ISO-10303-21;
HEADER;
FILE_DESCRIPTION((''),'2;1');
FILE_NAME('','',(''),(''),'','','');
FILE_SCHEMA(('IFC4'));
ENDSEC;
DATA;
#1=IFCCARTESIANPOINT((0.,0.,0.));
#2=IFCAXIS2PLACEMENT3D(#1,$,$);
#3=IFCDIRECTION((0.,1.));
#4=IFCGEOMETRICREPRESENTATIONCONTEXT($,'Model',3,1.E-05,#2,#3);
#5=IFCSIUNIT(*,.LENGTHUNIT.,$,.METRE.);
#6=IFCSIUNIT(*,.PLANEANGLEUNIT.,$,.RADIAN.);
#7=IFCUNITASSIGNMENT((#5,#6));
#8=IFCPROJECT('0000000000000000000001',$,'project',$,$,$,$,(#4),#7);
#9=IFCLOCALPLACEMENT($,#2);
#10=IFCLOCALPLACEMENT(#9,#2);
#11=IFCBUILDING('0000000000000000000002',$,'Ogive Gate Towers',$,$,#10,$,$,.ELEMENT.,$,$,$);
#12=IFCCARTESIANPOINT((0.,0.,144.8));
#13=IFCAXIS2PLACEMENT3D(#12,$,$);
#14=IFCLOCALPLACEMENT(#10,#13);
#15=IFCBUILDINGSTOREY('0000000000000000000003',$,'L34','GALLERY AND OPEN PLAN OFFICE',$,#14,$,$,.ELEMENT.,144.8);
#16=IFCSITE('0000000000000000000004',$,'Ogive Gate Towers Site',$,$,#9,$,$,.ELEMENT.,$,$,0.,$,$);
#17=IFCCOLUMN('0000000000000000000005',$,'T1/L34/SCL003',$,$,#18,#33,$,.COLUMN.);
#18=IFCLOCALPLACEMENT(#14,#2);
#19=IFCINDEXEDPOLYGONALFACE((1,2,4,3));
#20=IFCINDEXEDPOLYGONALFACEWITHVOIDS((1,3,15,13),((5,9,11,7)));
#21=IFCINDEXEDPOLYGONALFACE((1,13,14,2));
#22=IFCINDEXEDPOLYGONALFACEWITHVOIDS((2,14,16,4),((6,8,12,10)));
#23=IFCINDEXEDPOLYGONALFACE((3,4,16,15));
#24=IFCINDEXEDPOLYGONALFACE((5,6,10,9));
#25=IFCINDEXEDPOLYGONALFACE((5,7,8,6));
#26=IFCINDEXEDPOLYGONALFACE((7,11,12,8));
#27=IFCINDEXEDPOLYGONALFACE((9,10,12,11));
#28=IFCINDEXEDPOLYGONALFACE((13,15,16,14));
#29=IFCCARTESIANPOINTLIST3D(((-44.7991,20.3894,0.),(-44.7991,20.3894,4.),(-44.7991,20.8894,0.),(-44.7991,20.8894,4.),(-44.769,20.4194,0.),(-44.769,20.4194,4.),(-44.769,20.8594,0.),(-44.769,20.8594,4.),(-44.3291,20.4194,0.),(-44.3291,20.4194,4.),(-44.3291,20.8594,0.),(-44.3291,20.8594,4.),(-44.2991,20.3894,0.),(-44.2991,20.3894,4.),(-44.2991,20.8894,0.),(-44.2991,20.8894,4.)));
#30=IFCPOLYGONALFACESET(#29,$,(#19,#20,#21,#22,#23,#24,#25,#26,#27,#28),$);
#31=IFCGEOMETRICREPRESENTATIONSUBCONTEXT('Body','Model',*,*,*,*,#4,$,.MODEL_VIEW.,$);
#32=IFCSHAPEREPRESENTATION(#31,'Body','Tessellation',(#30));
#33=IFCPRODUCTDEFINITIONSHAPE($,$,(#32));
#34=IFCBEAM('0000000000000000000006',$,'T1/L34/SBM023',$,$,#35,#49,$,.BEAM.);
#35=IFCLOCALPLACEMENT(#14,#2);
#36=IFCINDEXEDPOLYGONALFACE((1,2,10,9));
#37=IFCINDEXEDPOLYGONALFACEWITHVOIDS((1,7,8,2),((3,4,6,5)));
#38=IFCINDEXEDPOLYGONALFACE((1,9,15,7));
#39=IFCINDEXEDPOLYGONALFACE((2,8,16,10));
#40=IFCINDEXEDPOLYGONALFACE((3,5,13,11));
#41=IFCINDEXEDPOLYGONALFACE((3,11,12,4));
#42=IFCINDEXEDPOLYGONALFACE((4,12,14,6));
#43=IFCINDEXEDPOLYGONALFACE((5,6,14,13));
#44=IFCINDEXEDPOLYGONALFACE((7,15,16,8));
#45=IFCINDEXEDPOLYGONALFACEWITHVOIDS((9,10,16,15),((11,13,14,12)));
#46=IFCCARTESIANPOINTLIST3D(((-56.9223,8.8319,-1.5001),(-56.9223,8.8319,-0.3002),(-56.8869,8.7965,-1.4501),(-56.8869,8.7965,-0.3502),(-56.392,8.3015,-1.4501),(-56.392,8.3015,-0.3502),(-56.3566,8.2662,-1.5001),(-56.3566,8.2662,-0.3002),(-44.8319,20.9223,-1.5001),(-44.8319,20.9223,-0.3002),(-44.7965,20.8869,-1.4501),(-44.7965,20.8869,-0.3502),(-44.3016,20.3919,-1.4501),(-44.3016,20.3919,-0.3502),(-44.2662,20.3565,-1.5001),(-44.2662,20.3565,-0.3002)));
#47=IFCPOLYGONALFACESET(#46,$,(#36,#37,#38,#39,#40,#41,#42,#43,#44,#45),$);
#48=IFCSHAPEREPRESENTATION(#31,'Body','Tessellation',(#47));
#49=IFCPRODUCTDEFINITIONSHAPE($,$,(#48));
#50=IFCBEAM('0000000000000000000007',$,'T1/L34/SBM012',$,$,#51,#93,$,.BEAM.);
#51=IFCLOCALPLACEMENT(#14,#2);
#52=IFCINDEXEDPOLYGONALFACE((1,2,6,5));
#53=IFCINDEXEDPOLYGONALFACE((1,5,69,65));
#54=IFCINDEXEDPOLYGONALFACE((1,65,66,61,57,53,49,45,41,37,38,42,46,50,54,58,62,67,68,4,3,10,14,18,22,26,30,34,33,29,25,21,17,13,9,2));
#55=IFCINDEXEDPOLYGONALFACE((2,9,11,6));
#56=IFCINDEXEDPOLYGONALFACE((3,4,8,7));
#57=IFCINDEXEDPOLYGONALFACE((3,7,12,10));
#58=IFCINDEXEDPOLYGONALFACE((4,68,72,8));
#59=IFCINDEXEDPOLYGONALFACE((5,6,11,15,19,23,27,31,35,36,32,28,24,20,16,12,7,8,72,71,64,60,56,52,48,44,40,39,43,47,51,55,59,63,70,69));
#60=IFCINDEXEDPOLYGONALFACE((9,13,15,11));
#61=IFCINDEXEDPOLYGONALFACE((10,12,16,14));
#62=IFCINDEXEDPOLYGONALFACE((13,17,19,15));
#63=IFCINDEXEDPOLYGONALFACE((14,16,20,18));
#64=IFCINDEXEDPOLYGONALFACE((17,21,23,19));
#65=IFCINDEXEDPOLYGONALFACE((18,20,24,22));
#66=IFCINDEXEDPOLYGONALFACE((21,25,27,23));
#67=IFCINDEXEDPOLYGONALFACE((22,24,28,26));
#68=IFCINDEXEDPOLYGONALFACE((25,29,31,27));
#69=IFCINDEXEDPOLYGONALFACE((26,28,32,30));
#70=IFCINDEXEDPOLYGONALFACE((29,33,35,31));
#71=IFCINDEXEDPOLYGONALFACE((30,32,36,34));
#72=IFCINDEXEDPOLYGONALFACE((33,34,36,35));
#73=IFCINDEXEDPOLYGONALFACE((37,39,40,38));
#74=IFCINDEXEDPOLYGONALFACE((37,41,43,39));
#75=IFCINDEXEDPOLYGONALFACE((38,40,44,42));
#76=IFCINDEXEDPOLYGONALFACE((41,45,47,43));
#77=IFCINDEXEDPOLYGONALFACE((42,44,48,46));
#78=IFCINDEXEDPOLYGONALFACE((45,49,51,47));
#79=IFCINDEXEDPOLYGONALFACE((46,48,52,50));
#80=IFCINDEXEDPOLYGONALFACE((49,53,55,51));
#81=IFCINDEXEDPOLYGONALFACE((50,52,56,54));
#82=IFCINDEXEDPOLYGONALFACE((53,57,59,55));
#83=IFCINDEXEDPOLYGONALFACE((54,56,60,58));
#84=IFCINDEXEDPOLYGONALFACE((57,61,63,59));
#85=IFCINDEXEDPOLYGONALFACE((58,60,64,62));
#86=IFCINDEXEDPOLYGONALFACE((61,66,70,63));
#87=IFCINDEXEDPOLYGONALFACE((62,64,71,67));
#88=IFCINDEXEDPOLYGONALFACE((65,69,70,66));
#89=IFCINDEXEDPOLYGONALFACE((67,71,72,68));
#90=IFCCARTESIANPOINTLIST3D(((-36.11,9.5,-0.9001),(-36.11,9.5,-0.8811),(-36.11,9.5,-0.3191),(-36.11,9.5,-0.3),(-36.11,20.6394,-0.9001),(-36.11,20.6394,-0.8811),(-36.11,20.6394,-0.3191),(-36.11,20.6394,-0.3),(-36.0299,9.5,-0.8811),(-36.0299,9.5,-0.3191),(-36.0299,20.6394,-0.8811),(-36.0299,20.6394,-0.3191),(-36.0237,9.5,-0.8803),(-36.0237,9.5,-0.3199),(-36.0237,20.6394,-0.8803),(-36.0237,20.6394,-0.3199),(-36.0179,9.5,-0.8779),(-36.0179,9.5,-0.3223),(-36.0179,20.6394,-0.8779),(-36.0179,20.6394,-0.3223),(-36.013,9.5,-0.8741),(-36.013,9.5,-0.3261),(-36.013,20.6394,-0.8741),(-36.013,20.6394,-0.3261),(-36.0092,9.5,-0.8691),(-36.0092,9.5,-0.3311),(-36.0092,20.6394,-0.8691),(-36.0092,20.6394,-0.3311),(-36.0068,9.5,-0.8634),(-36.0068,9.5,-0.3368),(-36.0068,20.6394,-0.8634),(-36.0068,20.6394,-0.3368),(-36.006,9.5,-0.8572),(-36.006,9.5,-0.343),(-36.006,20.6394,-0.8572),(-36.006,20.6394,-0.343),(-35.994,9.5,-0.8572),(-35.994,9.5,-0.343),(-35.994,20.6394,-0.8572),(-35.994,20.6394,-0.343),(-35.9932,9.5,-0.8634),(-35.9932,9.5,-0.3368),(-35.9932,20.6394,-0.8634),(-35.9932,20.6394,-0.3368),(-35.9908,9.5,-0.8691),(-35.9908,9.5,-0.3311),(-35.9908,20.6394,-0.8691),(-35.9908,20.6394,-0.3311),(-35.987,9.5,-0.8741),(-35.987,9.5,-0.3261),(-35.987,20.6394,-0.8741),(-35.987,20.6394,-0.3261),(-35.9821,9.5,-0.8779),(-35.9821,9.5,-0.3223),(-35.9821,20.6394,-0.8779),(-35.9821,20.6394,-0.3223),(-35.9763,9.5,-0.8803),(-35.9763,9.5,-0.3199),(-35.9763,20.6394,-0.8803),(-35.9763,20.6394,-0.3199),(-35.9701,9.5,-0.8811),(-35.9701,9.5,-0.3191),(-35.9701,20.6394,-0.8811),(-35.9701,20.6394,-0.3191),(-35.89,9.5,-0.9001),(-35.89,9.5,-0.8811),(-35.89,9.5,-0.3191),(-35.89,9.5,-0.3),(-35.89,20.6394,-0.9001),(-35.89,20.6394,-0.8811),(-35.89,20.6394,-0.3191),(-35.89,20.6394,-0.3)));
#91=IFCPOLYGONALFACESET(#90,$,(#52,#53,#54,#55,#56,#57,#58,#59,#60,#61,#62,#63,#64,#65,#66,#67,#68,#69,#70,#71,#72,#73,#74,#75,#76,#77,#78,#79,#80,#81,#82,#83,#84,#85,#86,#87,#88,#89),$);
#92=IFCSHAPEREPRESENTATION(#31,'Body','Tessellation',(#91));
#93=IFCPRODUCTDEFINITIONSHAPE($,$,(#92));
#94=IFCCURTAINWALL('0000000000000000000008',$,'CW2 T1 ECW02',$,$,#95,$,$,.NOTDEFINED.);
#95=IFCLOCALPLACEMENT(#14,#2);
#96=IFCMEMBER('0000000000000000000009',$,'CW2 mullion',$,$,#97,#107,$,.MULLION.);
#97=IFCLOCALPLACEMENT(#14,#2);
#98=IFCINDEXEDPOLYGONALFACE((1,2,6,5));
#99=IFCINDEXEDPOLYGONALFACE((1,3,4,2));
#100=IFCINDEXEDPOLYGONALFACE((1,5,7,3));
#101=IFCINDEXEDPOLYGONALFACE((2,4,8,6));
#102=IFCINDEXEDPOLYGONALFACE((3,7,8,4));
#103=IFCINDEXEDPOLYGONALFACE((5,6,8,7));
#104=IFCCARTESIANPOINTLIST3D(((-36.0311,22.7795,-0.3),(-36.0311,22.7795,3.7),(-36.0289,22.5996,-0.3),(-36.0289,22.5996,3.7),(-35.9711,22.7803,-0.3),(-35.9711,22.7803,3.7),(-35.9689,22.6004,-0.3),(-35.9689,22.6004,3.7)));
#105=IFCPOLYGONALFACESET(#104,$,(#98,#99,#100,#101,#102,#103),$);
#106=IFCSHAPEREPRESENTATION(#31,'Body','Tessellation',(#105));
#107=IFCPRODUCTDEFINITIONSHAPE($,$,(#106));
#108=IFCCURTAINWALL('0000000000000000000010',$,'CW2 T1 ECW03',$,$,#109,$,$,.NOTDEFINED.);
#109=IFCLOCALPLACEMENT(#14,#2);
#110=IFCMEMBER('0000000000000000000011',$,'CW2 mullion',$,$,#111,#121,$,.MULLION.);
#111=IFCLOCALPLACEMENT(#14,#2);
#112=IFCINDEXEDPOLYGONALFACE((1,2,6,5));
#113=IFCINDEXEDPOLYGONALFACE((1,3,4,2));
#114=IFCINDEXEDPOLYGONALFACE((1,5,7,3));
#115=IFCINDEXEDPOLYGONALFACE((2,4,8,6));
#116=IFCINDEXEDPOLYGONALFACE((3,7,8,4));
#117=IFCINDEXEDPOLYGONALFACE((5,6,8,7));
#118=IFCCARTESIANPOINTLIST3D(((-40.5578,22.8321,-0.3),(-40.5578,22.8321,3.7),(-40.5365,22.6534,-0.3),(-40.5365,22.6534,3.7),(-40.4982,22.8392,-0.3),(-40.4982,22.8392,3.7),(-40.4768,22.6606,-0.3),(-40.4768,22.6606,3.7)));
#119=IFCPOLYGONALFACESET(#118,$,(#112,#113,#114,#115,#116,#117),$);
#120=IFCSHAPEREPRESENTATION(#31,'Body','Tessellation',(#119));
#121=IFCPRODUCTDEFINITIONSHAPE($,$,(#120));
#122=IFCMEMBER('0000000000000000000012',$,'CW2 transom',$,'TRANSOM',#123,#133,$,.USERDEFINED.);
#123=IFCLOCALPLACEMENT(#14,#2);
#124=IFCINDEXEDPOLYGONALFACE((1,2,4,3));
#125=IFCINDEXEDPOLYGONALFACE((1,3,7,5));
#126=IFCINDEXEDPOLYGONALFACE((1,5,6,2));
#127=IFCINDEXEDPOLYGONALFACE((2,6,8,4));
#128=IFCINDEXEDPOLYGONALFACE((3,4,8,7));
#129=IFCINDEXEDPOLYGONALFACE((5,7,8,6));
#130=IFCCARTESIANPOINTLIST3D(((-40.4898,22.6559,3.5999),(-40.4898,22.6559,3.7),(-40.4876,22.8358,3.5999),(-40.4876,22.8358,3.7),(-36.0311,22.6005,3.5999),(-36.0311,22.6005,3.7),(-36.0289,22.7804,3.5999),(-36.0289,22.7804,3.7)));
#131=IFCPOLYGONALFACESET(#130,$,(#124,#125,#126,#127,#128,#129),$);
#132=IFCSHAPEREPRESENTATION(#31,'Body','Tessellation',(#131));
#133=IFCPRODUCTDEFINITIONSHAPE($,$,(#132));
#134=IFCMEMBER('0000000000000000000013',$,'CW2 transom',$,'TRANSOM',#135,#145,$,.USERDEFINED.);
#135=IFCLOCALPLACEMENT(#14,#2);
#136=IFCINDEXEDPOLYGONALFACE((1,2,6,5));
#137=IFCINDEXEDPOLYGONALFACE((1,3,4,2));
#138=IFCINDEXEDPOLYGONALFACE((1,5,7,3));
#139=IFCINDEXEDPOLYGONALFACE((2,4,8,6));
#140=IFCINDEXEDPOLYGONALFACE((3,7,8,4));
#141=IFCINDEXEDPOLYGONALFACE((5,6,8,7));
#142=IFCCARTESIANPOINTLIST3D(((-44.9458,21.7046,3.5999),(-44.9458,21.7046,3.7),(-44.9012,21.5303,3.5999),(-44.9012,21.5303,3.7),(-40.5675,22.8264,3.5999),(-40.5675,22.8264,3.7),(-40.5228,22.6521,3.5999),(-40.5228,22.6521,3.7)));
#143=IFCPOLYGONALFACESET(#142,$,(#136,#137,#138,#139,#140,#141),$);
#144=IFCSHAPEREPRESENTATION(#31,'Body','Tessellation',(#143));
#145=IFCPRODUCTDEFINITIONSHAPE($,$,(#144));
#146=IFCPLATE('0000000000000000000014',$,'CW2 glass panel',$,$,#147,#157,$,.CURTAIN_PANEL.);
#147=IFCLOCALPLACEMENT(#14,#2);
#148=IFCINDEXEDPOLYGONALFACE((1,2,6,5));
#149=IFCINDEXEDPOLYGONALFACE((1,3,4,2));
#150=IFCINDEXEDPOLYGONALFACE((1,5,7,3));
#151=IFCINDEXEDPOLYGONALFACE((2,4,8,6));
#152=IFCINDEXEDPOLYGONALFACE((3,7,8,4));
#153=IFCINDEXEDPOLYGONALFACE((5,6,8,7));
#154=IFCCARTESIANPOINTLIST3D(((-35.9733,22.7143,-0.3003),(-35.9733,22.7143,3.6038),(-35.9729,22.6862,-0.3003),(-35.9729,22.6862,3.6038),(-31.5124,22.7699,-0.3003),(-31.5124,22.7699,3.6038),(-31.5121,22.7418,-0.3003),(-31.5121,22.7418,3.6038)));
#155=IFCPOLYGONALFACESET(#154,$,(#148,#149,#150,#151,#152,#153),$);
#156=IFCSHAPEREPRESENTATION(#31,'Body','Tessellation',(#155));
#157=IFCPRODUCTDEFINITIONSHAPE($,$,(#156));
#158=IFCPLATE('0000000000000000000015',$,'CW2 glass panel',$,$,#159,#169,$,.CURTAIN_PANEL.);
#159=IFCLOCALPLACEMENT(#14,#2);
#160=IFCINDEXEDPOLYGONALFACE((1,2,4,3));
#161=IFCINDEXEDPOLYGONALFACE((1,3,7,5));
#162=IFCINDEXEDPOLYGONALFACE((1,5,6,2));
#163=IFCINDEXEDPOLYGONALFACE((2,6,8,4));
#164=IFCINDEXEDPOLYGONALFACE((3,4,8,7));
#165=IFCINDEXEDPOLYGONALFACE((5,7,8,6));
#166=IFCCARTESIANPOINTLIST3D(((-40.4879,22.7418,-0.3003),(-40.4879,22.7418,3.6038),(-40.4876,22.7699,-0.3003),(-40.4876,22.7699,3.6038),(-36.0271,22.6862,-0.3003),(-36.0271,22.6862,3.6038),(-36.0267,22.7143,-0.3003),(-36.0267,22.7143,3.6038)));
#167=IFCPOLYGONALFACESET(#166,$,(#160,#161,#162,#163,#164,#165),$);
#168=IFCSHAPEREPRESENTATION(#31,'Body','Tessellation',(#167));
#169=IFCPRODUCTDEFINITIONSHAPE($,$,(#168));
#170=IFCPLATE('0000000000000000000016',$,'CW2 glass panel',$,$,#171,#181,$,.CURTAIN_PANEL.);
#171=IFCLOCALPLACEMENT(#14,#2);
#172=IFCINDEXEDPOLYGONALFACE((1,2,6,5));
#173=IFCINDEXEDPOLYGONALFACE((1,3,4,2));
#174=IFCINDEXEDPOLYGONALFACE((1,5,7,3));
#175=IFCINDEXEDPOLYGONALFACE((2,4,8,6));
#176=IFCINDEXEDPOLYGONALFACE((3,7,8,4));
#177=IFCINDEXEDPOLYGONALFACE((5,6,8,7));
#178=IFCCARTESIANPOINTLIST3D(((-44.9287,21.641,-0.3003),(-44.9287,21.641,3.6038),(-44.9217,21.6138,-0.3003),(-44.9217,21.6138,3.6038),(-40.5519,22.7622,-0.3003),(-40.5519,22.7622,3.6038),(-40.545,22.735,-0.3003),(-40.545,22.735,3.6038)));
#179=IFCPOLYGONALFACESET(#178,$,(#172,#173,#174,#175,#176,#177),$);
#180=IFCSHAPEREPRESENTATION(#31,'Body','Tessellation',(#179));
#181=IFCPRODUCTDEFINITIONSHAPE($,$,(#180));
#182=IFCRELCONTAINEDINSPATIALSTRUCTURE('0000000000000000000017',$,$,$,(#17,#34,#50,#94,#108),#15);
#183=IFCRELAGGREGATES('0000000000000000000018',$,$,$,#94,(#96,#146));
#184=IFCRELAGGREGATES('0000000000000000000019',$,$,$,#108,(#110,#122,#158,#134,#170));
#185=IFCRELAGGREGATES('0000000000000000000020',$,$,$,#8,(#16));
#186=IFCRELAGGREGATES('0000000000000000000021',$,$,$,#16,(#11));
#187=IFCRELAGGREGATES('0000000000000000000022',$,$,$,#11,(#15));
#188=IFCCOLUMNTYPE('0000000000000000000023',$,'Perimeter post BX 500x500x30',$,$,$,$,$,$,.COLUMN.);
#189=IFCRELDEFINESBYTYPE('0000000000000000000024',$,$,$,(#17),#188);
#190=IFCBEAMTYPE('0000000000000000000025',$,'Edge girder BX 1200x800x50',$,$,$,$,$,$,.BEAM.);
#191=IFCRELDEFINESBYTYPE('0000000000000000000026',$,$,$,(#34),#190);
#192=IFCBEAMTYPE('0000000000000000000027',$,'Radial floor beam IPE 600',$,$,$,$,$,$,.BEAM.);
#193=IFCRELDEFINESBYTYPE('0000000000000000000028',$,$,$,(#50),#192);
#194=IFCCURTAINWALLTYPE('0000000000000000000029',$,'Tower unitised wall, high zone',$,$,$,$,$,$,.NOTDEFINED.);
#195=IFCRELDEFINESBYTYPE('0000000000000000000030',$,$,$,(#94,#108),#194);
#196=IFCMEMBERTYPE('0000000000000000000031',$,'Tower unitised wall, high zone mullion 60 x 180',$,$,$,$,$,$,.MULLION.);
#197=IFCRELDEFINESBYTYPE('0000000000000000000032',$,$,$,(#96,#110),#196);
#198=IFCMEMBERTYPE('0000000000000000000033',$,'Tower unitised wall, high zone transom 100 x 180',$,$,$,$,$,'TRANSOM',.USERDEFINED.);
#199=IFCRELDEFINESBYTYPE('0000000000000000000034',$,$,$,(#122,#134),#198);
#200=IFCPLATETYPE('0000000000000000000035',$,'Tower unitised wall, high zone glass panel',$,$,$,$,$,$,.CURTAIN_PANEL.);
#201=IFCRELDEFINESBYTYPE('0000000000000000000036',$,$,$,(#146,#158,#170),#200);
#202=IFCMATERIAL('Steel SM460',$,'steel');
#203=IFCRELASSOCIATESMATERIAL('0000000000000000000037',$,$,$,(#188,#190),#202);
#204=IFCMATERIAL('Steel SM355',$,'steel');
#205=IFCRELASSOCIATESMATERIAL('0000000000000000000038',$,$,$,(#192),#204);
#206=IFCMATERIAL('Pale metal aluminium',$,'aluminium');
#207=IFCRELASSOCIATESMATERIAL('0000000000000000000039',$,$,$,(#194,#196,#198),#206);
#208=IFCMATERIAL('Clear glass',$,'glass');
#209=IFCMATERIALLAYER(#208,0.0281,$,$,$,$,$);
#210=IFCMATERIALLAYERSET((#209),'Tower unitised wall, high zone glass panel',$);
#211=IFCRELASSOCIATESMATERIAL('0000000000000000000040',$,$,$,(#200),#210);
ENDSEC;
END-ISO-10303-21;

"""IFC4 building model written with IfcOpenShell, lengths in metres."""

from ifc_helpers import new_model, si_unit, direction, frame, origin, origin_2d, place, context, subcontext, project, spatial, rectangle, hollow_rectangle, i_section, extrude, material, layer, layer_set, material_profile, profile_set, type_object, element, aggregate, save


model = new_model("IFC4")

# Units and contexts
model_context = context("Model", 3, precision=1e-05, world=origin(), true_north=direction((0.0, 1.0)))
body_context = subcontext(model_context, "Body", "Model", "MODEL_VIEW")
ifc_project = project(units=[si_unit("LENGTHUNIT", "METRE"), si_unit("PLANEANGLEUNIT", "RADIAN")], contexts=[model_context])

# Site, building, storey
site_placement = place(None, origin())
site = spatial("IfcSite", under=ifc_project, at=site_placement, Name="Ogive Gate Towers Site", CompositionType="ELEMENT", RefElevation=0.0)
building_placement = place(site_placement, origin())
building = spatial("IfcBuilding", under=site, at=building_placement, Name="Ogive Gate Towers", CompositionType="ELEMENT")
storey_placement = place(building_placement, frame((0.0, 0.0, 144.8)))
storey = spatial("IfcBuildingStorey", under=building, at=storey_placement, Name="L34", Description="GALLERY AND OPEN PLAN OFFICE", CompositionType="ELEMENT", Elevation=144.8)

# Column
ifc_material_1 = material(Name="Steel SM460", Category="steel")
ifc_material_profile_1 = material_profile(ifc_material_1, hollow_rectangle(XDim=0.5, YDim=0.5, WallThickness=0.03, at=origin_2d()), Name="BX 500x500x30")
ifc_profile_set_1 = profile_set([ifc_material_profile_1], Name="Steel SM460")
column_type = type_object("IfcColumnType", Name="Perimeter post BX 500x500x30", PredefinedType="COLUMN", material=ifc_profile_set_1)
column_placement = place(storey_placement, frame((-44.5491, 20.6394, 0.0), z_axis=(0.0, 0.0, 1.0), x_axis=(1.0, 0.0, 0.0)))
element("IfcColumn", 1, at=column_placement, inside=storey, type_object=column_type, Name="T1/L34/SCL003", PredefinedType="COLUMN", context=body_context, shape_type="SweptSolid", body=[
    extrude(hollow_rectangle(XDim=0.5, YDim=0.5, WallThickness=0.03, at=origin_2d()), origin(), (0.0, 0.0, 1.0), 4.0),
])

# Beams
ifc_material_profile_2 = material_profile(ifc_material_1, hollow_rectangle(XDim=0.8, YDim=1.2, WallThickness=0.05, at=origin_2d()), Name="BX 1200x800x50")
ifc_profile_set_2 = profile_set([ifc_material_profile_2], Name="Steel SM460")
beam_type_1 = type_object("IfcBeamType", Name="Edge girder BX 1200x800x50", PredefinedType="BEAM", material=ifc_profile_set_2)
beam_1_placement = place(storey_placement, frame((-44.5491, 20.6394, -0.9001), z_axis=(-0.707107, -0.707107, 0.0), x_axis=(0.707107, -0.707107, 0.0)))
element("IfcBeam", 2, at=beam_1_placement, inside=storey, type_object=beam_type_1, Name="T1/L34/SBM023", PredefinedType="BEAM", context=body_context, shape_type="SweptSolid", body=[
    extrude(hollow_rectangle(XDim=0.8, YDim=1.2, WallThickness=0.05, at=origin_2d()), origin(), (0.0, 0.0, 1.0), 17.0984),
])
ifc_material_2 = material(Name="Steel SM355", Category="steel")
ifc_material_profile_3 = material_profile(ifc_material_2, i_section(OverallWidth=0.22, OverallDepth=0.6001, WebThickness=0.012, FlangeThickness=0.019, FilletRadius=0.0239, at=origin_2d()), Name="IPE 600")
ifc_profile_set_3 = profile_set([ifc_material_profile_3], Name="Steel SM355")
beam_type_2 = type_object("IfcBeamType", Name="Radial floor beam IPE 600", PredefinedType="BEAM", material=ifc_profile_set_3)
beam_2_placement = place(storey_placement, frame((-36.0, 9.5, -0.6001), z_axis=(0.0, 1.0, 0.0), x_axis=(-1.0, 0.0, 0.0)))
element("IfcBeam", 3, at=beam_2_placement, inside=storey, type_object=beam_type_2, Name="T1/L34/SBM012", PredefinedType="BEAM", context=body_context, shape_type="SweptSolid", body=[
    extrude(i_section(OverallWidth=0.22, OverallDepth=0.6001, WebThickness=0.012, FlangeThickness=0.019, FilletRadius=0.0239, at=origin_2d()), origin(), (0.0, 0.0, 1.0), 11.1394),
])

# Curtain wall, member
ifc_material_3 = material(Name="Pale metal aluminium", Category="aluminium")
curtain_wall_type = type_object("IfcCurtainWallType", Name="Tower unitised wall, high zone", PredefinedType="NOTDEFINED", material=ifc_material_3)
curtain_wall_1_placement = place(storey_placement, origin())
curtain_wall_1 = element("IfcCurtainWall", 4, at=curtain_wall_1_placement, inside=storey, type_object=curtain_wall_type, Name="CW2 T1 ECW02", PredefinedType="NOTDEFINED")
ifc_material_profile_4 = material_profile(ifc_material_3, rectangle(XDim=0.1799, YDim=0.0601, at=origin_2d()), Name="60 x 180 aluminium box")
ifc_profile_set_4 = profile_set([ifc_material_profile_4], Name="Pale metal aluminium")
member_type_1 = type_object("IfcMemberType", Name="Tower unitised wall, high zone mullion 60 x 180", PredefinedType="MULLION", material=ifc_profile_set_4)
member_1_placement = place(storey_placement, frame((-36.0, 22.6899, -0.3), z_axis=(0.0, 0.0, 1.0), x_axis=(-0.012461, 0.999922, 0.0)))
member_1 = element("IfcMember", 5, at=member_1_placement, type_object=member_type_1, Name="CW2 mullion", PredefinedType="MULLION", context=body_context, shape_type="SweptSolid", body=[
    extrude(rectangle(XDim=0.1799, YDim=0.0601, at=origin_2d()), origin(), (0.0, 0.0, 1.0), 4.0),
])

# Curtain wall, members
curtain_wall_2_placement = place(storey_placement, origin())
curtain_wall_2 = element("IfcCurtainWall", 6, at=curtain_wall_2_placement, inside=storey, type_object=curtain_wall_type, Name="CW2 T1 ECW03", PredefinedType="NOTDEFINED")
member_2_placement = place(storey_placement, frame((-40.5173, 22.7463, -0.3), z_axis=(0.0, 0.0, 1.0), x_axis=(-0.118889, 0.992908, 0.0)))
member_2 = element("IfcMember", 7, at=member_2_placement, type_object=member_type_1, Name="CW2 mullion", PredefinedType="MULLION", context=body_context, shape_type="SweptSolid", body=[
    extrude(rectangle(XDim=0.1799, YDim=0.0601, at=origin_2d()), origin(), (0.0, 0.0, 1.0), 4.0),
])
ifc_material_profile_5 = material_profile(ifc_material_3, rectangle(XDim=0.1799, YDim=0.1001, at=origin_2d()), Name="100 x 180 aluminium box")
ifc_profile_set_5 = profile_set([ifc_material_profile_5], Name="Pale metal aluminium")
member_type_2 = type_object("IfcMemberType", Name="Tower unitised wall, high zone transom 100 x 180", ElementType="TRANSOM", PredefinedType="USERDEFINED", material=ifc_profile_set_5)
member_3_placement = place(storey_placement, frame((-36.03, 22.6904, 3.6499), z_axis=(-0.999923, 0.012429, 0.0), x_axis=(-0.012429, -0.999923, 0.0)))
member_3 = element("IfcMember", 8, at=member_3_placement, type_object=member_type_2, Name="CW2 transom", ObjectType="TRANSOM", PredefinedType="USERDEFINED", context=body_context, shape_type="SweptSolid", body=[
    extrude(rectangle(XDim=0.1799, YDim=0.1001, at=origin_2d()), origin(), (0.0, 0.0, 1.0), 4.459),
])
member_4_placement = place(storey_placement, frame((-40.5452, 22.7393, 3.6499), z_axis=(-0.968709, -0.2482, 0.0), x_axis=(0.2482, -0.968709, 0.0)))
member_4 = element("IfcMember", 9, at=member_4_placement, type_object=member_type_2, Name="CW2 transom", ObjectType="TRANSOM", PredefinedType="USERDEFINED", context=body_context, shape_type="SweptSolid", body=[
    extrude(rectangle(XDim=0.1799, YDim=0.1001, at=origin_2d()), origin(), (0.0, 0.0, 1.0), 4.5198),
])

# Plates
ifc_material_4 = material(Name="Clear glass", Category="glass")
ifc_layer_1 = layer(ifc_material_4, 0.0281)
ifc_layer_set_1 = layer_set([ifc_layer_1], Name="Tower unitised wall, high zone glass panel")
plate_type = type_object("IfcPlateType", Name="Tower unitised wall, high zone glass panel", PredefinedType="CURTAIN_PANEL", material=ifc_layer_set_1)
plate_1_placement = place(storey_placement, frame((-33.7427, 22.728, -0.3003), z_axis=(0.0, 0.0, 1.0), x_axis=(-0.999922, -0.012461, 0.0)))
plate_1 = element("IfcPlate", 10, at=plate_1_placement, type_object=plate_type, Name="CW2 glass panel", PredefinedType="CURTAIN_PANEL", context=body_context, shape_type="SweptSolid", body=[
    extrude(rectangle(XDim=4.4612, YDim=0.0281, at=origin_2d()), origin(), (0.0, 0.0, 1.0), 3.9041),
])
aggregate(curtain_wall_1, [member_1, plate_1])
plate_2_placement = place(storey_placement, frame((-38.2573, 22.728, -0.3003), z_axis=(0.0, 0.0, 1.0), x_axis=(-0.999922, 0.012461, 0.0)))
plate_2 = element("IfcPlate", 11, at=plate_2_placement, type_object=plate_type, Name="CW2 glass panel", PredefinedType="CURTAIN_PANEL", context=body_context, shape_type="SweptSolid", body=[
    extrude(rectangle(XDim=4.4612, YDim=0.0281, at=origin_2d()), origin(), (0.0, 0.0, 1.0), 3.9041),
])
plate_3_placement = place(storey_placement, frame((-42.7368, 22.188, -0.3003), z_axis=(0.0, 0.0, 1.0), x_axis=(-0.968718, -0.248166, 0.0)))
plate_3 = element("IfcPlate", 12, at=plate_3_placement, type_object=plate_type, Name="CW2 glass panel", PredefinedType="CURTAIN_PANEL", context=body_context, shape_type="SweptSolid", body=[
    extrude(rectangle(XDim=4.5181, YDim=0.0281, at=origin_2d()), origin(), (0.0, 0.0, 1.0), 3.9041),
])
aggregate(curtain_wall_2, [member_2, member_3, plate_2, member_4, plate_3])

save(model, "model.ifc")
